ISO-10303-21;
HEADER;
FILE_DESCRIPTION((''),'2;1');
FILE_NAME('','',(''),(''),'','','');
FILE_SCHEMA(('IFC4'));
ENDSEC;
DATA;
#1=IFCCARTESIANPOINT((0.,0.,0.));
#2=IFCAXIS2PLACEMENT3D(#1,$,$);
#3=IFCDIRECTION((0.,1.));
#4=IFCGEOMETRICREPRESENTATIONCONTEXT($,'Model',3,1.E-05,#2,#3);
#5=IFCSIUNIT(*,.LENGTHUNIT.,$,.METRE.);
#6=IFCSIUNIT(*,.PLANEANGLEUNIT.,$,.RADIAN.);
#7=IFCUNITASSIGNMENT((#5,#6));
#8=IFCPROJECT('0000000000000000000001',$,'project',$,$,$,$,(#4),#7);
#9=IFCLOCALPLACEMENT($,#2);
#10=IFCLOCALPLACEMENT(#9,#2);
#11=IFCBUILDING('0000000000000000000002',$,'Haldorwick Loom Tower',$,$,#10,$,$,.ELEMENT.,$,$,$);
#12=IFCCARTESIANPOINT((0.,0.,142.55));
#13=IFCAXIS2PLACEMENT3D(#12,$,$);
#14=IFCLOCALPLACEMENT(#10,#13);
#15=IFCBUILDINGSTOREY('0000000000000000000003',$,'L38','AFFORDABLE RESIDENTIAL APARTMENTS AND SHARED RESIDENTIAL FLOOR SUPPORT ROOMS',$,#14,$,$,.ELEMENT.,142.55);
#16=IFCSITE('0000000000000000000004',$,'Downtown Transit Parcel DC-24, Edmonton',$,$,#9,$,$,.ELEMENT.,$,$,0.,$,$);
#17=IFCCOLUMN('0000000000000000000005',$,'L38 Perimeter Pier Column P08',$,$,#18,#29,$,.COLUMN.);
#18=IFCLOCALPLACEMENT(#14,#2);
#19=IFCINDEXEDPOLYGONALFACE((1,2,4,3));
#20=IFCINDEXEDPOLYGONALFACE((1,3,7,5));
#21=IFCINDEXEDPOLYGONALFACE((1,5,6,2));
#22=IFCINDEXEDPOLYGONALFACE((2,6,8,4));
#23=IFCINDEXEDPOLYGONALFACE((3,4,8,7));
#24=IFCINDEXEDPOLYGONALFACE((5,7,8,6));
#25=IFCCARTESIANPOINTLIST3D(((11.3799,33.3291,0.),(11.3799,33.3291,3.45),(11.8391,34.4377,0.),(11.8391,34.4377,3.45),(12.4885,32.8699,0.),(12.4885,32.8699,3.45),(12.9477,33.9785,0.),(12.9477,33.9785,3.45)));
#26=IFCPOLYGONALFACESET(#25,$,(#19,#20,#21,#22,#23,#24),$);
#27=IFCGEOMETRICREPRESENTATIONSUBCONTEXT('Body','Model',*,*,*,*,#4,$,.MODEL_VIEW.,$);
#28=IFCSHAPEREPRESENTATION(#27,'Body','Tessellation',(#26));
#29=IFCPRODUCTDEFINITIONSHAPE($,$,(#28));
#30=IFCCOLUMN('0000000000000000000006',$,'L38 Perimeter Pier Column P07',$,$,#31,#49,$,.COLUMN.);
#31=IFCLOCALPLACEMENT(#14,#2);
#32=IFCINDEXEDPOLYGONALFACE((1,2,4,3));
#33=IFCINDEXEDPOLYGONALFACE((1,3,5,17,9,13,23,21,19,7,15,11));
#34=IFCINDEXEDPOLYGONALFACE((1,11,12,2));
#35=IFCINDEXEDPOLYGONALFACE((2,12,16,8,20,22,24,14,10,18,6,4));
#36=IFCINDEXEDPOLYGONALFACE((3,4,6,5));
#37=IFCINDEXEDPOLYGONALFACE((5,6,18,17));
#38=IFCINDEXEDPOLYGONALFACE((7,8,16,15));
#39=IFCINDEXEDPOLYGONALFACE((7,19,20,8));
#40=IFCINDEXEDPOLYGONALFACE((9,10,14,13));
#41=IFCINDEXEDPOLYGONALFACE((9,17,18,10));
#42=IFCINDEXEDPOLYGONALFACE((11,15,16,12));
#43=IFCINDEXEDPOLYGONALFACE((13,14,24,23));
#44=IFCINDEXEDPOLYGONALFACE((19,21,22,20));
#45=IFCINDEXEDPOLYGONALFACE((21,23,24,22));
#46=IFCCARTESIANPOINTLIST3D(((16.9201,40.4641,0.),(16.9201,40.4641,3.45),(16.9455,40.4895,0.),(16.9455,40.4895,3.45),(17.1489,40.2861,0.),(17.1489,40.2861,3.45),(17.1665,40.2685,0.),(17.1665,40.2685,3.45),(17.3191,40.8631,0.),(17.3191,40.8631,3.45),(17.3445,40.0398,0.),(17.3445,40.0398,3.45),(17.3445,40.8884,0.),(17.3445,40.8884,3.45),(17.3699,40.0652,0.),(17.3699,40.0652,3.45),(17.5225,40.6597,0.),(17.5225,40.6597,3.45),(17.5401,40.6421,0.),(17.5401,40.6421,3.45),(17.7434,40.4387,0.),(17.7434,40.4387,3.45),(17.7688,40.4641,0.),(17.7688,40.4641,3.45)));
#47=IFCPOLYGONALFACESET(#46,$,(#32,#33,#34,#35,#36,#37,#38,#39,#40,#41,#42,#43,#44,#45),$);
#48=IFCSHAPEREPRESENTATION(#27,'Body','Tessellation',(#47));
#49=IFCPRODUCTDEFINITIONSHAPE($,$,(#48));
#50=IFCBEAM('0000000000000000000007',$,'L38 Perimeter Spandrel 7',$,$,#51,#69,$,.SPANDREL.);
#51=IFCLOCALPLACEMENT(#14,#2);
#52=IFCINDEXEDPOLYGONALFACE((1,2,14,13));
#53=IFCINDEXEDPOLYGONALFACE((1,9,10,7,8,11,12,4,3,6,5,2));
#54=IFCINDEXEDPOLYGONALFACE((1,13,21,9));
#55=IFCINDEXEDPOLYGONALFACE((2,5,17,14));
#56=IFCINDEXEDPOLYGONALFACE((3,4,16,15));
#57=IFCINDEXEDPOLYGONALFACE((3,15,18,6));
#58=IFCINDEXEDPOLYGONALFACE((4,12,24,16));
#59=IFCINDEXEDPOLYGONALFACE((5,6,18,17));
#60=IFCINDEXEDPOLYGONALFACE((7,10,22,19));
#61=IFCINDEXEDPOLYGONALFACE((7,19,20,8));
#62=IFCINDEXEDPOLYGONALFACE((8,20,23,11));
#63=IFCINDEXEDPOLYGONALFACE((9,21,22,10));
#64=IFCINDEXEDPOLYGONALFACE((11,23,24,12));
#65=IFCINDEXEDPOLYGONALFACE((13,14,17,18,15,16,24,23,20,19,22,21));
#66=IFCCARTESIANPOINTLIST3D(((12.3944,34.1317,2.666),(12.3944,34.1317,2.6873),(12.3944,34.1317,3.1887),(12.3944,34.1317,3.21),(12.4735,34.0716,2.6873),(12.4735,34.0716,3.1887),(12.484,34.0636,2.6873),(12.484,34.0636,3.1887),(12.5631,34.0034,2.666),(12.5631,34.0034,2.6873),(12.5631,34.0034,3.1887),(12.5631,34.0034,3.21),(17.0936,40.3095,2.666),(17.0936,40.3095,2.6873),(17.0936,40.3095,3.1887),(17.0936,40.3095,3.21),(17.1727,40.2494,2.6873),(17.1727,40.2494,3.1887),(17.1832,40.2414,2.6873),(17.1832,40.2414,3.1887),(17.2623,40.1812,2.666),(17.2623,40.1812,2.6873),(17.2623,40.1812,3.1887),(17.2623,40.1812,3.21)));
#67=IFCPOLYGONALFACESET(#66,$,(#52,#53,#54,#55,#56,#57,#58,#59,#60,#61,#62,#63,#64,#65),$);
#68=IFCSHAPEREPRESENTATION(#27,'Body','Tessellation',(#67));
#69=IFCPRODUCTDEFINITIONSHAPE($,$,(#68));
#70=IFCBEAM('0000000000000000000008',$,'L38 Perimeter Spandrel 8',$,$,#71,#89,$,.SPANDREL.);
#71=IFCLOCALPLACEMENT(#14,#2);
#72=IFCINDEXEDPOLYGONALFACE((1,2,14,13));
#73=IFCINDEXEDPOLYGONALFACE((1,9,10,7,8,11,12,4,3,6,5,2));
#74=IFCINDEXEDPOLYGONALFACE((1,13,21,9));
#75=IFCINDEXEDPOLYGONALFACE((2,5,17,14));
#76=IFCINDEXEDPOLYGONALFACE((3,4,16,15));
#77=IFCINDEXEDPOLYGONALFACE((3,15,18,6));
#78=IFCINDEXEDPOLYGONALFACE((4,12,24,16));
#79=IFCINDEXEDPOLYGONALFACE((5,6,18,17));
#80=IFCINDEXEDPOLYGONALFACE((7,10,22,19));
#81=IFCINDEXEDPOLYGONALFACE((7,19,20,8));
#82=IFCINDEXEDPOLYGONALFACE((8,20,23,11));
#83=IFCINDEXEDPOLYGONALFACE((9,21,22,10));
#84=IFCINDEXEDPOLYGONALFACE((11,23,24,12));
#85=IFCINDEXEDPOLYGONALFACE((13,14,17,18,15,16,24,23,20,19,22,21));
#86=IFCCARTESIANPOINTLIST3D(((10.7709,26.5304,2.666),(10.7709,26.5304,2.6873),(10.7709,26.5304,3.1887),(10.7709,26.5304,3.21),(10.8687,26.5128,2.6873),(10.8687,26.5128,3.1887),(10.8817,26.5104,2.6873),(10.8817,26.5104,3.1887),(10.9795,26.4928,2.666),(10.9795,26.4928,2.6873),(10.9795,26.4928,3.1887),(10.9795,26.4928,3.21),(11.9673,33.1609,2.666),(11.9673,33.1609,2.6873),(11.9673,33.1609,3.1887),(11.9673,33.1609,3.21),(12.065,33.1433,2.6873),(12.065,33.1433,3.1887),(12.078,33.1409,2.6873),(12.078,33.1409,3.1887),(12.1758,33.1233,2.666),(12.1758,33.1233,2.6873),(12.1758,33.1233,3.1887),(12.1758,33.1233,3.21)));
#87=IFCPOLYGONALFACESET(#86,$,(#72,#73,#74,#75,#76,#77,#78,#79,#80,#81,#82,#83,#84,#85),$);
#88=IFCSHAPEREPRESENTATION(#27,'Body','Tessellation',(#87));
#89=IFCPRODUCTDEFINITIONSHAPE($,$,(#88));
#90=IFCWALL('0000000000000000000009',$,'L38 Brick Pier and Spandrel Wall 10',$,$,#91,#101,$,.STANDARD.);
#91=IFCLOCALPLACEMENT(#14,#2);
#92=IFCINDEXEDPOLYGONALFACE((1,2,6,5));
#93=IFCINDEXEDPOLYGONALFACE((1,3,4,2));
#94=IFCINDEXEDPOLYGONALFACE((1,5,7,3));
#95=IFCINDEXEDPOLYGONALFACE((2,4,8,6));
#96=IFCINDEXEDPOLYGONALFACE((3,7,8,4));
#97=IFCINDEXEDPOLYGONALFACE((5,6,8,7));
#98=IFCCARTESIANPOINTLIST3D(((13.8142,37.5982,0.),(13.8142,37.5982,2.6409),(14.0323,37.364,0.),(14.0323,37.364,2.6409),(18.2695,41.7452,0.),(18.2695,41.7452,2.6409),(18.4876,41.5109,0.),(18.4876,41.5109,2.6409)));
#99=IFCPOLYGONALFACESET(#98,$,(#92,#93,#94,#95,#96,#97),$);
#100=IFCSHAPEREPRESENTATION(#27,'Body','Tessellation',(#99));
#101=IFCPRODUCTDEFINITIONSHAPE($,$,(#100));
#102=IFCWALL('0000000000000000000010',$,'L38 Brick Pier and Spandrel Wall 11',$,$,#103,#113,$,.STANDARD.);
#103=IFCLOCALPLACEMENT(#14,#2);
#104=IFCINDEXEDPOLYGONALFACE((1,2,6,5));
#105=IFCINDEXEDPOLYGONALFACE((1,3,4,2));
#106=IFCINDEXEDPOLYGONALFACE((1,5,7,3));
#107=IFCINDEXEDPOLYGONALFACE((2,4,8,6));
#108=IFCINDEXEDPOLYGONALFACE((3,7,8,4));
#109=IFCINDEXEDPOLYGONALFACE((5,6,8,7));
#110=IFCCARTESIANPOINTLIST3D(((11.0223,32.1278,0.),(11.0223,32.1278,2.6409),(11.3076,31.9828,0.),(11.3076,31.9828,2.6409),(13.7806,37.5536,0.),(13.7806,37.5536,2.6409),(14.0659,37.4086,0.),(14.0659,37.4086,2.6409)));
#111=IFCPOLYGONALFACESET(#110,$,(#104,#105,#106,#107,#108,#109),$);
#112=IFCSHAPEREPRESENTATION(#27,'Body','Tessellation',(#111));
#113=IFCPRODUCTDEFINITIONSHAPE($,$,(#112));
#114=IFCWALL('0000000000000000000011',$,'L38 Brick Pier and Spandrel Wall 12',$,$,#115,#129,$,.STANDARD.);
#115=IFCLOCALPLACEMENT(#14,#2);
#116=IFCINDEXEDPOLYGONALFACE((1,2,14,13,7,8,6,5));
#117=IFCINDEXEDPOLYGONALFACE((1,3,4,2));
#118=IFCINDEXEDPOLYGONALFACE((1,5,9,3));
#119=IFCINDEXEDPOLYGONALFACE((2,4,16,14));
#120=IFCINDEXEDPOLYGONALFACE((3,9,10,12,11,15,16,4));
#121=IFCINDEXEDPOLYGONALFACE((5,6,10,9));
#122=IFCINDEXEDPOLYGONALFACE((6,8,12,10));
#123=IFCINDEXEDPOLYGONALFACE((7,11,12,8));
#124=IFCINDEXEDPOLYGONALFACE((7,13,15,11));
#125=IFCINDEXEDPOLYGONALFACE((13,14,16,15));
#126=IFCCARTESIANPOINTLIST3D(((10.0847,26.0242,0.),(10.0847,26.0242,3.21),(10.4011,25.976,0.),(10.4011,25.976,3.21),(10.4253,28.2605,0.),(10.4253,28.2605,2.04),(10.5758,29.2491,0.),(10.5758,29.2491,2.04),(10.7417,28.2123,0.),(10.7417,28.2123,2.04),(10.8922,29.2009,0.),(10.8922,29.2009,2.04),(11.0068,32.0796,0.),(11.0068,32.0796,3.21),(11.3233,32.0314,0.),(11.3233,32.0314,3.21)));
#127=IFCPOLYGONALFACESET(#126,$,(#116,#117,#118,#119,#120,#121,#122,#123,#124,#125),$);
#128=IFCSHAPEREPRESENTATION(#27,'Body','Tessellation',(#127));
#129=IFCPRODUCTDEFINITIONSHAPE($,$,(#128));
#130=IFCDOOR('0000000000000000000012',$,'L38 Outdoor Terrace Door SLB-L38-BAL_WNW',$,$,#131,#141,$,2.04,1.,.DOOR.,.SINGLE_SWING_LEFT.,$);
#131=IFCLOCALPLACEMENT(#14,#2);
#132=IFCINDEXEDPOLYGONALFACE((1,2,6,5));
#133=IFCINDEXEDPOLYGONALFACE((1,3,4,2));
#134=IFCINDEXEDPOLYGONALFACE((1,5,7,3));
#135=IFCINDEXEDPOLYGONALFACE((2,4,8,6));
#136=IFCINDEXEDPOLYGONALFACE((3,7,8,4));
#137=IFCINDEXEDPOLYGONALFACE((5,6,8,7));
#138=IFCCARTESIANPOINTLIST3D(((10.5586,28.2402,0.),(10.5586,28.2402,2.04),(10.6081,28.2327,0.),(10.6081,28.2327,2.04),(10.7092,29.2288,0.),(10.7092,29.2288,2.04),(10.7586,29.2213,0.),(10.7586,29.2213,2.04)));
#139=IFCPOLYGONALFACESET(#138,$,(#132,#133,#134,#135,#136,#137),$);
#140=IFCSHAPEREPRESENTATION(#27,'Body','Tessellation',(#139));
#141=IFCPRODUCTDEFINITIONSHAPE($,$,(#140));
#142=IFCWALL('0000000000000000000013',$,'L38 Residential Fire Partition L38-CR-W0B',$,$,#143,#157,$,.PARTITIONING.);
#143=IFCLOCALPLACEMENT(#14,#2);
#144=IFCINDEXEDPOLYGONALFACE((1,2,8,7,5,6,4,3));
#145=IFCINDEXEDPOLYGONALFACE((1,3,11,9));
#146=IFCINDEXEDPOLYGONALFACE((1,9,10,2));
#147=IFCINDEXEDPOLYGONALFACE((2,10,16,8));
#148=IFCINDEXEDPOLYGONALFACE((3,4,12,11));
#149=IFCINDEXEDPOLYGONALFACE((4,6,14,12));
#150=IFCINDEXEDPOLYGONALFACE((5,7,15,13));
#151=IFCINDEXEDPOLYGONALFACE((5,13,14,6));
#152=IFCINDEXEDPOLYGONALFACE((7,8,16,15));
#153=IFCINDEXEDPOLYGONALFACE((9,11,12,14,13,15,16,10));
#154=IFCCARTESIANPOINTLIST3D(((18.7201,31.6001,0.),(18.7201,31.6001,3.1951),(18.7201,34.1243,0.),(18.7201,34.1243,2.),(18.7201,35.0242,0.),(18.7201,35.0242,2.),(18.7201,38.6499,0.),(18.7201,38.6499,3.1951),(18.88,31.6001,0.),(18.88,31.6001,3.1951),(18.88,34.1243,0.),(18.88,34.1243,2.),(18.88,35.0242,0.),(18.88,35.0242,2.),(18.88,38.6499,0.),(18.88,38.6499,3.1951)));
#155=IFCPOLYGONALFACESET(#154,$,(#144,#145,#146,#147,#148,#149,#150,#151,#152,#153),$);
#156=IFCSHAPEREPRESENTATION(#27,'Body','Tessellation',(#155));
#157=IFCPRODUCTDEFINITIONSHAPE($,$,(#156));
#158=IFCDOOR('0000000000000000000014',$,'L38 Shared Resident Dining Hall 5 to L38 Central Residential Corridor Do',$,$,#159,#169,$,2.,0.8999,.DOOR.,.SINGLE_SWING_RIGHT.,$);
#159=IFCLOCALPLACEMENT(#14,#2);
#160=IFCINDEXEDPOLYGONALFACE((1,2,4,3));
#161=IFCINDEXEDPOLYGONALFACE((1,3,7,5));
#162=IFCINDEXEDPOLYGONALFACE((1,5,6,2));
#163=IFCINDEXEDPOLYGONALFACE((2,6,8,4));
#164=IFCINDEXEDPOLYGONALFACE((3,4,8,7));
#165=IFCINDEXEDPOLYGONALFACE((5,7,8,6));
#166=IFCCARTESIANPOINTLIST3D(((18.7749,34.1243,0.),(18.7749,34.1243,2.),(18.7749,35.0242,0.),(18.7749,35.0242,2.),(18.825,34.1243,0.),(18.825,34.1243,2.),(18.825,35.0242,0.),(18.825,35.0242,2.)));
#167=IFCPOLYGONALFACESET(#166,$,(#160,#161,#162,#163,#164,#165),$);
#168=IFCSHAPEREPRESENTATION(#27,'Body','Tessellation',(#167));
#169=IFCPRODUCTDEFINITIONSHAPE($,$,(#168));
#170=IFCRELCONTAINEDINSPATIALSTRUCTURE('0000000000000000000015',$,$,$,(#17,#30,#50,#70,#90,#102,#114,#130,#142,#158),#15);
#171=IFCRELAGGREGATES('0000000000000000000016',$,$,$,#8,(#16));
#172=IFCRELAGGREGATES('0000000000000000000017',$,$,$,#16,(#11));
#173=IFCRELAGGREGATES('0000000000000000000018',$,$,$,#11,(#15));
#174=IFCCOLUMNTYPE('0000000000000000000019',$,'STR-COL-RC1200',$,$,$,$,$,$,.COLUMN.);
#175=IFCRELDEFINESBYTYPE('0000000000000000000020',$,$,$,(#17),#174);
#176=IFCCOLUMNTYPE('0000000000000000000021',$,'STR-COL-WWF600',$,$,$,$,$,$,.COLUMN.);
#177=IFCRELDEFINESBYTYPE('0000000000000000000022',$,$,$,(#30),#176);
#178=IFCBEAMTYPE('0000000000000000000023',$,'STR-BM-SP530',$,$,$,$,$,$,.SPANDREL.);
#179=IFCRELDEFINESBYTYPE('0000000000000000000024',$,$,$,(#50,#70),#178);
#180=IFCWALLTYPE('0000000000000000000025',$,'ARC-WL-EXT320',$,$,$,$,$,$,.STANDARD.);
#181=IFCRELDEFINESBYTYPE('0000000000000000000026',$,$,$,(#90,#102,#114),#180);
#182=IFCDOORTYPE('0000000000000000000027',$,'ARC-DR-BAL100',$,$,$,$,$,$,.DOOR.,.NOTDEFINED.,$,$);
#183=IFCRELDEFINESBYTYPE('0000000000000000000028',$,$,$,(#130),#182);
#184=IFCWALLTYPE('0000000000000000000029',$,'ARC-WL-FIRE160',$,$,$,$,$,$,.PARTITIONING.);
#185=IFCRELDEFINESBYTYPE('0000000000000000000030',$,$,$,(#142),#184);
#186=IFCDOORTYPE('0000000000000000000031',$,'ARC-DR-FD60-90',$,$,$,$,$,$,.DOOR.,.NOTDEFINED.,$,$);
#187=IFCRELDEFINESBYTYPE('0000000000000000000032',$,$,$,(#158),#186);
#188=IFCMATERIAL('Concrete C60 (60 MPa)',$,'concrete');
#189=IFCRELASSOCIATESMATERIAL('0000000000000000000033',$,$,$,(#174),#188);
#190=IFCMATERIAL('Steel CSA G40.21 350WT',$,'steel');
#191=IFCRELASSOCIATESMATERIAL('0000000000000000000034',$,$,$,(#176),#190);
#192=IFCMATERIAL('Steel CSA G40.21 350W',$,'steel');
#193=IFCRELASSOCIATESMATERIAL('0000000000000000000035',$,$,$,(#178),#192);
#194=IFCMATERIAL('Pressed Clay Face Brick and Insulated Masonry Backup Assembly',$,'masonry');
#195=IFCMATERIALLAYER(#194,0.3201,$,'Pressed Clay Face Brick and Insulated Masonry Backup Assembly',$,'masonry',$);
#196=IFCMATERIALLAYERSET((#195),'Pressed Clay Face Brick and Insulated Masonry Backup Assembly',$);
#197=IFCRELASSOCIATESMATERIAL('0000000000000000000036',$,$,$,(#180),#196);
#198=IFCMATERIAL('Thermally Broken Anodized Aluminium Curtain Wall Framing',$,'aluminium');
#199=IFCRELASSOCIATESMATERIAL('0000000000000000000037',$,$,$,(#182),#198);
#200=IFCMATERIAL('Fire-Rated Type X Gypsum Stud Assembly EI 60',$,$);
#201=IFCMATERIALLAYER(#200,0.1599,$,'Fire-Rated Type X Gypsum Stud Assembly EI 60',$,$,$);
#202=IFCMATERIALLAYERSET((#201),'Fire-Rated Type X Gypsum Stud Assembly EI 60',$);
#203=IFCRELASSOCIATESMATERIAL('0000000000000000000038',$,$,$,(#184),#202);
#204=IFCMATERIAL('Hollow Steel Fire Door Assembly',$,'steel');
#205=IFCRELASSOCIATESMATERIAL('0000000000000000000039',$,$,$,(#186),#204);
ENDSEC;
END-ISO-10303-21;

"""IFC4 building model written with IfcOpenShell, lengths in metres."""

from ifc_helpers import new_model, si_unit, direction, frame, frame_2d, origin, origin_2d, place, context, subcontext, project, spatial, rectangle, i_section, extrude, material, layer, layer_set, material_profile, profile_set, type_object, element, fill, save


model = new_model("IFC4")

# Units and contexts
model_context = context("Model", 3, precision=1e-05, world=origin(), true_north=direction((0.0, 1.0)))
body_context = subcontext(model_context, "Body", "Model", "MODEL_VIEW")
ifc_project = project(units=[si_unit("LENGTHUNIT", "METRE"), si_unit("PLANEANGLEUNIT", "RADIAN")], contexts=[model_context])

# Site, building, storey
site_placement = place(None, origin())
site = spatial("IfcSite", under=ifc_project, at=site_placement, Name="Downtown Transit Parcel DC-24, Edmonton", CompositionType="ELEMENT", RefElevation=0.0)
building_placement = place(site_placement, origin())
building = spatial("IfcBuilding", under=site, at=building_placement, Name="Haldorwick Loom Tower", CompositionType="ELEMENT")
storey_placement = place(building_placement, frame((0.0, 0.0, 142.55)))
storey = spatial("IfcBuildingStorey", under=building, at=storey_placement, Name="L38", Description="AFFORDABLE RESIDENTIAL APARTMENTS AND SHARED RESIDENTIAL FLOOR SUPPORT ROOMS", CompositionType="ELEMENT", Elevation=142.55)

# Columns
ifc_material_1 = material(Name="Concrete C60 (60 MPa)", Category="concrete")
ifc_material_profile_1 = material_profile(ifc_material_1, rectangle(XDim=1.2, YDim=1.2, at=origin_2d()), Name="RC1200X1200", Category="concrete")
ifc_profile_set_1 = profile_set([ifc_material_profile_1], Name="Concrete C60 (60 MPa)")
column_type_1 = type_object("IfcColumnType", Name="STR-COL-RC1200", PredefinedType="COLUMN", material=ifc_profile_set_1)
column_1_placement = place(storey_placement, frame((12.1638, 33.6538, 0.0), z_axis=(0.0, 0.0, 1.0), x_axis=(-0.92388, 0.382683, 0.0)))
element("IfcColumn", 1, at=column_1_placement, inside=storey, type_object=column_type_1, Name="L38 Perimeter Pier Column P08", PredefinedType="COLUMN", context=body_context, shape_type="SweptSolid", body=[
    extrude(rectangle(XDim=1.2, YDim=1.2, at=origin_2d()), origin(), (0.0, 0.0, 1.0), 3.45),
])
ifc_material_2 = material(Name="Steel CSA G40.21 350WT", Category="steel")
ifc_material_profile_2 = material_profile(ifc_material_2, i_section(OverallWidth=0.6001, OverallDepth=0.6001, WebThickness=0.0249, FlangeThickness=0.0359, at=origin_2d()), Name="WWF600X600", Category="steel")
ifc_profile_set_2 = profile_set([ifc_material_profile_2], Name="Steel CSA G40.21 350WT")
column_type_2 = type_object("IfcColumnType", Name="STR-COL-WWF600", PredefinedType="COLUMN", material=ifc_profile_set_2)
column_2_placement = place(storey_placement, frame((17.3445, 40.4641, 0.0), z_axis=(0.0, 0.0, 1.0), x_axis=(-0.707107, 0.707107, 0.0)))
element("IfcColumn", 2, at=column_2_placement, inside=storey, type_object=column_type_2, Name="L38 Perimeter Pier Column P07", PredefinedType="COLUMN", context=body_context, shape_type="SweptSolid", body=[
    extrude(i_section(OverallWidth=0.6001, OverallDepth=0.6001, WebThickness=0.0249, FlangeThickness=0.0359, at=origin_2d()), origin(), (0.0, 0.0, 1.0), 3.45),
])

# Beams
ifc_material_3 = material(Name="Steel CSA G40.21 350W", Category="steel")
ifc_material_profile_3 = material_profile(ifc_material_3, i_section(OverallWidth=0.2119, OverallDepth=0.5439, WebThickness=0.0132, FlangeThickness=0.0212, at=origin_2d()), Name="W530X123", Category="steel")
ifc_profile_set_3 = profile_set([ifc_material_profile_3], Name="Steel CSA G40.21 350W")
beam_type = type_object("IfcBeamType", Name="STR-BM-SP530", PredefinedType="SPANDREL", material=ifc_profile_set_3)
beam_1_placement = place(storey_placement, frame((17.178, 40.2454, 2.938), z_axis=(-0.605421, -0.795905, 0.0), x_axis=(0.795905, -0.605421, 0.0)))
element("IfcBeam", 3, at=beam_1_placement, inside=storey, type_object=beam_type, Name="L38 Perimeter Spandrel 7", PredefinedType="SPANDREL", context=body_context, shape_type="SweptSolid", body=[
    extrude(i_section(OverallWidth=0.2119, OverallDepth=0.5439, WebThickness=0.0132, FlangeThickness=0.0212, at=origin_2d()), origin(), (0.0, 0.0, 1.0), 7.762),
])
beam_2_placement = place(storey_placement, frame((12.0715, 33.1421, 2.938), z_axis=(-0.177559, -0.98411, 0.0), x_axis=(0.98411, -0.177559, 0.0)))
element("IfcBeam", 4, at=beam_2_placement, inside=storey, type_object=beam_type, Name="L38 Perimeter Spandrel 8", PredefinedType="SPANDREL", context=body_context, shape_type="SweptSolid", body=[
    extrude(i_section(OverallWidth=0.2119, OverallDepth=0.5439, WebThickness=0.0132, FlangeThickness=0.0212, at=origin_2d()), origin(), (0.0, 0.0, 1.0), 6.7375),
])

# Walls
ifc_material_4 = material(Name="Pressed Clay Face Brick and Insulated Masonry Backup Assembly", Category="masonry")
ifc_layer_1 = layer(ifc_material_4, 0.3201, Name="Pressed Clay Face Brick and Insulated Masonry Backup Assembly", Category="masonry")
ifc_layer_set_1 = layer_set([ifc_layer_1], Name="Pressed Clay Face Brick and Insulated Masonry Backup Assembly")
wall_type_1 = type_object("IfcWallType", Name="ARC-WL-EXT320", PredefinedType="STANDARD", material=ifc_layer_set_1)
for number, where, z_axis, x_axis, name in (
    (5, (18.3787, 41.6282, 0.0), (0.0, 0.0, 1.0), (-0.731983, -0.681323, 0.0), "L38 Brick Pier and Spandrel Wall 10"),
    (6, (13.9233, 37.4812, 0.0), (0.0, 0.0, 1.0), (-0.453172, -0.891423, 0.0), "L38 Brick Pier and Spandrel Wall 11"),
):
    element("IfcWall", number, at=place(storey_placement, frame(where, z_axis=z_axis, x_axis=x_axis)), inside=storey, type_object=wall_type_1, Name=name, PredefinedType="STANDARD", context=body_context, shape_type="SweptSolid", body=[
        extrude(rectangle(XDim=6.0867, YDim=0.3201, at=frame_2d((3.0435, 0.0))), origin(), (0.0, 0.0, 1.0), 2.6409),
    ])

# Walls, openings, doors
wall_1_placement = place(storey_placement, frame((11.165, 32.0554, 0.0), z_axis=(0.0, 0.0, 1.0), x_axis=(-0.150544, -0.988603, 0.0)))
wall_1 = element("IfcWall", 7, at=wall_1_placement, inside=storey, type_object=wall_type_1, Name="L38 Brick Pier and Spandrel Wall 12", PredefinedType="STANDARD", context=body_context, shape_type="SweptSolid", body=[
    extrude(rectangle(XDim=6.1252, YDim=0.3201, at=frame_2d((3.0625, 0.0))), origin(), (0.0, 0.0, 1.0), 3.21),
])
opening_1_placement = place(wall_1_placement, frame((2.863, 0.0, 0.0)))
opening_1 = element("IfcOpeningElement", 8, at=opening_1_placement, cuts=wall_1, PredefinedType="OPENING", context=body_context, shape_type="SweptSolid", body=[
    extrude(rectangle(XDim=1.0, YDim=2.04, at=frame_2d((0.5, 1.02))), frame((0.0, 0.1699, 0.0), z_axis=(0.0, -1.0, 0.0), x_axis=(1.0, 0.0, 0.0)), (0.0, 0.0, 1.0), 0.3401),
])
ifc_material_5 = material(Name="Thermally Broken Anodized Aluminium Curtain Wall Framing", Category="aluminium")
door_type_1 = type_object("IfcDoorType", Name="ARC-DR-BAL100", OperationType="NOTDEFINED", PredefinedType="DOOR", material=ifc_material_5)
door_1_placement = place(opening_1_placement, origin())
door_1 = element("IfcDoor", 9, at=door_1_placement, inside=storey, type_object=door_type_1, Name="L38 Outdoor Terrace Door SLB-L38-BAL_WNW", OperationType="SINGLE_SWING_LEFT", OverallHeight=2.04, OverallWidth=1.0, PredefinedType="DOOR", context=body_context, shape_type="SweptSolid", body=[
    extrude(rectangle(XDim=1.0, YDim=2.04, at=frame_2d((0.5, 1.02))), frame((0.0, 0.0249, 0.0), z_axis=(0.0, -1.0, 0.0), x_axis=(1.0, 0.0, 0.0)), (0.0, 0.0, 1.0), 0.05),
])
fill(opening_1, door_1)
ifc_material_6 = material(Name="Fire-Rated Type X Gypsum Stud Assembly EI 60")
ifc_layer_2 = layer(ifc_material_6, 0.1599, Name="Fire-Rated Type X Gypsum Stud Assembly EI 60")
ifc_layer_set_2 = layer_set([ifc_layer_2], Name="Fire-Rated Type X Gypsum Stud Assembly EI 60")
wall_type_2 = type_object("IfcWallType", Name="ARC-WL-FIRE160", PredefinedType="PARTITIONING", material=ifc_layer_set_2)
wall_2_placement = place(storey_placement, frame((18.8, 31.6001, 0.0), z_axis=(0.0, 0.0, 1.0), x_axis=(0.0, 1.0, 0.0)))
wall_2 = element("IfcWall", 10, at=wall_2_placement, inside=storey, type_object=wall_type_2, Name="L38 Residential Fire Partition L38-CR-W0B", PredefinedType="PARTITIONING", context=body_context, shape_type="SweptSolid", body=[
    extrude(rectangle(XDim=7.0498, YDim=0.1599, at=frame_2d((3.5249, 0.0))), origin(), (0.0, 0.0, 1.0), 3.1951),
])
opening_2_placement = place(wall_2_placement, frame((2.5242, 0.0, 0.0)))
opening_2 = element("IfcOpeningElement", 11, at=opening_2_placement, cuts=wall_2, PredefinedType="OPENING", context=body_context, shape_type="SweptSolid", body=[
    extrude(rectangle(XDim=0.8999, YDim=2.0, at=frame_2d((0.45, 1.0))), frame((0.0, 0.0898, 0.0), z_axis=(0.0, -1.0, 0.0), x_axis=(1.0, 0.0, 0.0)), (0.0, 0.0, 1.0), 0.1799),
])
ifc_material_7 = material(Name="Hollow Steel Fire Door Assembly", Category="steel")
door_type_2 = type_object("IfcDoorType", Name="ARC-DR-FD60-90", OperationType="NOTDEFINED", PredefinedType="DOOR", material=ifc_material_7)
door_2_placement = place(opening_2_placement, frame((0.8999, 0.0, 0.0), z_axis=(0.0, 0.0, 1.0), x_axis=(-1.0, 0.0, 0.0)))
door_2 = element("IfcDoor", 12, at=door_2_placement, inside=storey, type_object=door_type_2, Name="L38 Shared Resident Dining Hall 5 to L38 Central Residential Corridor Do", OperationType="SINGLE_SWING_RIGHT", OverallHeight=2.0, OverallWidth=0.8999, PredefinedType="DOOR", context=body_context, shape_type="SweptSolid", body=[
    extrude(rectangle(XDim=0.8999, YDim=2.0, at=frame_2d((0.45, 1.0))), frame((0.0, 0.0249, 0.0), z_axis=(0.0, -1.0, 0.0), x_axis=(1.0, 0.0, 0.0)), (0.0, 0.0, 1.0), 0.05),
])
fill(opening_2, door_2)

save(model, "model.ifc")
